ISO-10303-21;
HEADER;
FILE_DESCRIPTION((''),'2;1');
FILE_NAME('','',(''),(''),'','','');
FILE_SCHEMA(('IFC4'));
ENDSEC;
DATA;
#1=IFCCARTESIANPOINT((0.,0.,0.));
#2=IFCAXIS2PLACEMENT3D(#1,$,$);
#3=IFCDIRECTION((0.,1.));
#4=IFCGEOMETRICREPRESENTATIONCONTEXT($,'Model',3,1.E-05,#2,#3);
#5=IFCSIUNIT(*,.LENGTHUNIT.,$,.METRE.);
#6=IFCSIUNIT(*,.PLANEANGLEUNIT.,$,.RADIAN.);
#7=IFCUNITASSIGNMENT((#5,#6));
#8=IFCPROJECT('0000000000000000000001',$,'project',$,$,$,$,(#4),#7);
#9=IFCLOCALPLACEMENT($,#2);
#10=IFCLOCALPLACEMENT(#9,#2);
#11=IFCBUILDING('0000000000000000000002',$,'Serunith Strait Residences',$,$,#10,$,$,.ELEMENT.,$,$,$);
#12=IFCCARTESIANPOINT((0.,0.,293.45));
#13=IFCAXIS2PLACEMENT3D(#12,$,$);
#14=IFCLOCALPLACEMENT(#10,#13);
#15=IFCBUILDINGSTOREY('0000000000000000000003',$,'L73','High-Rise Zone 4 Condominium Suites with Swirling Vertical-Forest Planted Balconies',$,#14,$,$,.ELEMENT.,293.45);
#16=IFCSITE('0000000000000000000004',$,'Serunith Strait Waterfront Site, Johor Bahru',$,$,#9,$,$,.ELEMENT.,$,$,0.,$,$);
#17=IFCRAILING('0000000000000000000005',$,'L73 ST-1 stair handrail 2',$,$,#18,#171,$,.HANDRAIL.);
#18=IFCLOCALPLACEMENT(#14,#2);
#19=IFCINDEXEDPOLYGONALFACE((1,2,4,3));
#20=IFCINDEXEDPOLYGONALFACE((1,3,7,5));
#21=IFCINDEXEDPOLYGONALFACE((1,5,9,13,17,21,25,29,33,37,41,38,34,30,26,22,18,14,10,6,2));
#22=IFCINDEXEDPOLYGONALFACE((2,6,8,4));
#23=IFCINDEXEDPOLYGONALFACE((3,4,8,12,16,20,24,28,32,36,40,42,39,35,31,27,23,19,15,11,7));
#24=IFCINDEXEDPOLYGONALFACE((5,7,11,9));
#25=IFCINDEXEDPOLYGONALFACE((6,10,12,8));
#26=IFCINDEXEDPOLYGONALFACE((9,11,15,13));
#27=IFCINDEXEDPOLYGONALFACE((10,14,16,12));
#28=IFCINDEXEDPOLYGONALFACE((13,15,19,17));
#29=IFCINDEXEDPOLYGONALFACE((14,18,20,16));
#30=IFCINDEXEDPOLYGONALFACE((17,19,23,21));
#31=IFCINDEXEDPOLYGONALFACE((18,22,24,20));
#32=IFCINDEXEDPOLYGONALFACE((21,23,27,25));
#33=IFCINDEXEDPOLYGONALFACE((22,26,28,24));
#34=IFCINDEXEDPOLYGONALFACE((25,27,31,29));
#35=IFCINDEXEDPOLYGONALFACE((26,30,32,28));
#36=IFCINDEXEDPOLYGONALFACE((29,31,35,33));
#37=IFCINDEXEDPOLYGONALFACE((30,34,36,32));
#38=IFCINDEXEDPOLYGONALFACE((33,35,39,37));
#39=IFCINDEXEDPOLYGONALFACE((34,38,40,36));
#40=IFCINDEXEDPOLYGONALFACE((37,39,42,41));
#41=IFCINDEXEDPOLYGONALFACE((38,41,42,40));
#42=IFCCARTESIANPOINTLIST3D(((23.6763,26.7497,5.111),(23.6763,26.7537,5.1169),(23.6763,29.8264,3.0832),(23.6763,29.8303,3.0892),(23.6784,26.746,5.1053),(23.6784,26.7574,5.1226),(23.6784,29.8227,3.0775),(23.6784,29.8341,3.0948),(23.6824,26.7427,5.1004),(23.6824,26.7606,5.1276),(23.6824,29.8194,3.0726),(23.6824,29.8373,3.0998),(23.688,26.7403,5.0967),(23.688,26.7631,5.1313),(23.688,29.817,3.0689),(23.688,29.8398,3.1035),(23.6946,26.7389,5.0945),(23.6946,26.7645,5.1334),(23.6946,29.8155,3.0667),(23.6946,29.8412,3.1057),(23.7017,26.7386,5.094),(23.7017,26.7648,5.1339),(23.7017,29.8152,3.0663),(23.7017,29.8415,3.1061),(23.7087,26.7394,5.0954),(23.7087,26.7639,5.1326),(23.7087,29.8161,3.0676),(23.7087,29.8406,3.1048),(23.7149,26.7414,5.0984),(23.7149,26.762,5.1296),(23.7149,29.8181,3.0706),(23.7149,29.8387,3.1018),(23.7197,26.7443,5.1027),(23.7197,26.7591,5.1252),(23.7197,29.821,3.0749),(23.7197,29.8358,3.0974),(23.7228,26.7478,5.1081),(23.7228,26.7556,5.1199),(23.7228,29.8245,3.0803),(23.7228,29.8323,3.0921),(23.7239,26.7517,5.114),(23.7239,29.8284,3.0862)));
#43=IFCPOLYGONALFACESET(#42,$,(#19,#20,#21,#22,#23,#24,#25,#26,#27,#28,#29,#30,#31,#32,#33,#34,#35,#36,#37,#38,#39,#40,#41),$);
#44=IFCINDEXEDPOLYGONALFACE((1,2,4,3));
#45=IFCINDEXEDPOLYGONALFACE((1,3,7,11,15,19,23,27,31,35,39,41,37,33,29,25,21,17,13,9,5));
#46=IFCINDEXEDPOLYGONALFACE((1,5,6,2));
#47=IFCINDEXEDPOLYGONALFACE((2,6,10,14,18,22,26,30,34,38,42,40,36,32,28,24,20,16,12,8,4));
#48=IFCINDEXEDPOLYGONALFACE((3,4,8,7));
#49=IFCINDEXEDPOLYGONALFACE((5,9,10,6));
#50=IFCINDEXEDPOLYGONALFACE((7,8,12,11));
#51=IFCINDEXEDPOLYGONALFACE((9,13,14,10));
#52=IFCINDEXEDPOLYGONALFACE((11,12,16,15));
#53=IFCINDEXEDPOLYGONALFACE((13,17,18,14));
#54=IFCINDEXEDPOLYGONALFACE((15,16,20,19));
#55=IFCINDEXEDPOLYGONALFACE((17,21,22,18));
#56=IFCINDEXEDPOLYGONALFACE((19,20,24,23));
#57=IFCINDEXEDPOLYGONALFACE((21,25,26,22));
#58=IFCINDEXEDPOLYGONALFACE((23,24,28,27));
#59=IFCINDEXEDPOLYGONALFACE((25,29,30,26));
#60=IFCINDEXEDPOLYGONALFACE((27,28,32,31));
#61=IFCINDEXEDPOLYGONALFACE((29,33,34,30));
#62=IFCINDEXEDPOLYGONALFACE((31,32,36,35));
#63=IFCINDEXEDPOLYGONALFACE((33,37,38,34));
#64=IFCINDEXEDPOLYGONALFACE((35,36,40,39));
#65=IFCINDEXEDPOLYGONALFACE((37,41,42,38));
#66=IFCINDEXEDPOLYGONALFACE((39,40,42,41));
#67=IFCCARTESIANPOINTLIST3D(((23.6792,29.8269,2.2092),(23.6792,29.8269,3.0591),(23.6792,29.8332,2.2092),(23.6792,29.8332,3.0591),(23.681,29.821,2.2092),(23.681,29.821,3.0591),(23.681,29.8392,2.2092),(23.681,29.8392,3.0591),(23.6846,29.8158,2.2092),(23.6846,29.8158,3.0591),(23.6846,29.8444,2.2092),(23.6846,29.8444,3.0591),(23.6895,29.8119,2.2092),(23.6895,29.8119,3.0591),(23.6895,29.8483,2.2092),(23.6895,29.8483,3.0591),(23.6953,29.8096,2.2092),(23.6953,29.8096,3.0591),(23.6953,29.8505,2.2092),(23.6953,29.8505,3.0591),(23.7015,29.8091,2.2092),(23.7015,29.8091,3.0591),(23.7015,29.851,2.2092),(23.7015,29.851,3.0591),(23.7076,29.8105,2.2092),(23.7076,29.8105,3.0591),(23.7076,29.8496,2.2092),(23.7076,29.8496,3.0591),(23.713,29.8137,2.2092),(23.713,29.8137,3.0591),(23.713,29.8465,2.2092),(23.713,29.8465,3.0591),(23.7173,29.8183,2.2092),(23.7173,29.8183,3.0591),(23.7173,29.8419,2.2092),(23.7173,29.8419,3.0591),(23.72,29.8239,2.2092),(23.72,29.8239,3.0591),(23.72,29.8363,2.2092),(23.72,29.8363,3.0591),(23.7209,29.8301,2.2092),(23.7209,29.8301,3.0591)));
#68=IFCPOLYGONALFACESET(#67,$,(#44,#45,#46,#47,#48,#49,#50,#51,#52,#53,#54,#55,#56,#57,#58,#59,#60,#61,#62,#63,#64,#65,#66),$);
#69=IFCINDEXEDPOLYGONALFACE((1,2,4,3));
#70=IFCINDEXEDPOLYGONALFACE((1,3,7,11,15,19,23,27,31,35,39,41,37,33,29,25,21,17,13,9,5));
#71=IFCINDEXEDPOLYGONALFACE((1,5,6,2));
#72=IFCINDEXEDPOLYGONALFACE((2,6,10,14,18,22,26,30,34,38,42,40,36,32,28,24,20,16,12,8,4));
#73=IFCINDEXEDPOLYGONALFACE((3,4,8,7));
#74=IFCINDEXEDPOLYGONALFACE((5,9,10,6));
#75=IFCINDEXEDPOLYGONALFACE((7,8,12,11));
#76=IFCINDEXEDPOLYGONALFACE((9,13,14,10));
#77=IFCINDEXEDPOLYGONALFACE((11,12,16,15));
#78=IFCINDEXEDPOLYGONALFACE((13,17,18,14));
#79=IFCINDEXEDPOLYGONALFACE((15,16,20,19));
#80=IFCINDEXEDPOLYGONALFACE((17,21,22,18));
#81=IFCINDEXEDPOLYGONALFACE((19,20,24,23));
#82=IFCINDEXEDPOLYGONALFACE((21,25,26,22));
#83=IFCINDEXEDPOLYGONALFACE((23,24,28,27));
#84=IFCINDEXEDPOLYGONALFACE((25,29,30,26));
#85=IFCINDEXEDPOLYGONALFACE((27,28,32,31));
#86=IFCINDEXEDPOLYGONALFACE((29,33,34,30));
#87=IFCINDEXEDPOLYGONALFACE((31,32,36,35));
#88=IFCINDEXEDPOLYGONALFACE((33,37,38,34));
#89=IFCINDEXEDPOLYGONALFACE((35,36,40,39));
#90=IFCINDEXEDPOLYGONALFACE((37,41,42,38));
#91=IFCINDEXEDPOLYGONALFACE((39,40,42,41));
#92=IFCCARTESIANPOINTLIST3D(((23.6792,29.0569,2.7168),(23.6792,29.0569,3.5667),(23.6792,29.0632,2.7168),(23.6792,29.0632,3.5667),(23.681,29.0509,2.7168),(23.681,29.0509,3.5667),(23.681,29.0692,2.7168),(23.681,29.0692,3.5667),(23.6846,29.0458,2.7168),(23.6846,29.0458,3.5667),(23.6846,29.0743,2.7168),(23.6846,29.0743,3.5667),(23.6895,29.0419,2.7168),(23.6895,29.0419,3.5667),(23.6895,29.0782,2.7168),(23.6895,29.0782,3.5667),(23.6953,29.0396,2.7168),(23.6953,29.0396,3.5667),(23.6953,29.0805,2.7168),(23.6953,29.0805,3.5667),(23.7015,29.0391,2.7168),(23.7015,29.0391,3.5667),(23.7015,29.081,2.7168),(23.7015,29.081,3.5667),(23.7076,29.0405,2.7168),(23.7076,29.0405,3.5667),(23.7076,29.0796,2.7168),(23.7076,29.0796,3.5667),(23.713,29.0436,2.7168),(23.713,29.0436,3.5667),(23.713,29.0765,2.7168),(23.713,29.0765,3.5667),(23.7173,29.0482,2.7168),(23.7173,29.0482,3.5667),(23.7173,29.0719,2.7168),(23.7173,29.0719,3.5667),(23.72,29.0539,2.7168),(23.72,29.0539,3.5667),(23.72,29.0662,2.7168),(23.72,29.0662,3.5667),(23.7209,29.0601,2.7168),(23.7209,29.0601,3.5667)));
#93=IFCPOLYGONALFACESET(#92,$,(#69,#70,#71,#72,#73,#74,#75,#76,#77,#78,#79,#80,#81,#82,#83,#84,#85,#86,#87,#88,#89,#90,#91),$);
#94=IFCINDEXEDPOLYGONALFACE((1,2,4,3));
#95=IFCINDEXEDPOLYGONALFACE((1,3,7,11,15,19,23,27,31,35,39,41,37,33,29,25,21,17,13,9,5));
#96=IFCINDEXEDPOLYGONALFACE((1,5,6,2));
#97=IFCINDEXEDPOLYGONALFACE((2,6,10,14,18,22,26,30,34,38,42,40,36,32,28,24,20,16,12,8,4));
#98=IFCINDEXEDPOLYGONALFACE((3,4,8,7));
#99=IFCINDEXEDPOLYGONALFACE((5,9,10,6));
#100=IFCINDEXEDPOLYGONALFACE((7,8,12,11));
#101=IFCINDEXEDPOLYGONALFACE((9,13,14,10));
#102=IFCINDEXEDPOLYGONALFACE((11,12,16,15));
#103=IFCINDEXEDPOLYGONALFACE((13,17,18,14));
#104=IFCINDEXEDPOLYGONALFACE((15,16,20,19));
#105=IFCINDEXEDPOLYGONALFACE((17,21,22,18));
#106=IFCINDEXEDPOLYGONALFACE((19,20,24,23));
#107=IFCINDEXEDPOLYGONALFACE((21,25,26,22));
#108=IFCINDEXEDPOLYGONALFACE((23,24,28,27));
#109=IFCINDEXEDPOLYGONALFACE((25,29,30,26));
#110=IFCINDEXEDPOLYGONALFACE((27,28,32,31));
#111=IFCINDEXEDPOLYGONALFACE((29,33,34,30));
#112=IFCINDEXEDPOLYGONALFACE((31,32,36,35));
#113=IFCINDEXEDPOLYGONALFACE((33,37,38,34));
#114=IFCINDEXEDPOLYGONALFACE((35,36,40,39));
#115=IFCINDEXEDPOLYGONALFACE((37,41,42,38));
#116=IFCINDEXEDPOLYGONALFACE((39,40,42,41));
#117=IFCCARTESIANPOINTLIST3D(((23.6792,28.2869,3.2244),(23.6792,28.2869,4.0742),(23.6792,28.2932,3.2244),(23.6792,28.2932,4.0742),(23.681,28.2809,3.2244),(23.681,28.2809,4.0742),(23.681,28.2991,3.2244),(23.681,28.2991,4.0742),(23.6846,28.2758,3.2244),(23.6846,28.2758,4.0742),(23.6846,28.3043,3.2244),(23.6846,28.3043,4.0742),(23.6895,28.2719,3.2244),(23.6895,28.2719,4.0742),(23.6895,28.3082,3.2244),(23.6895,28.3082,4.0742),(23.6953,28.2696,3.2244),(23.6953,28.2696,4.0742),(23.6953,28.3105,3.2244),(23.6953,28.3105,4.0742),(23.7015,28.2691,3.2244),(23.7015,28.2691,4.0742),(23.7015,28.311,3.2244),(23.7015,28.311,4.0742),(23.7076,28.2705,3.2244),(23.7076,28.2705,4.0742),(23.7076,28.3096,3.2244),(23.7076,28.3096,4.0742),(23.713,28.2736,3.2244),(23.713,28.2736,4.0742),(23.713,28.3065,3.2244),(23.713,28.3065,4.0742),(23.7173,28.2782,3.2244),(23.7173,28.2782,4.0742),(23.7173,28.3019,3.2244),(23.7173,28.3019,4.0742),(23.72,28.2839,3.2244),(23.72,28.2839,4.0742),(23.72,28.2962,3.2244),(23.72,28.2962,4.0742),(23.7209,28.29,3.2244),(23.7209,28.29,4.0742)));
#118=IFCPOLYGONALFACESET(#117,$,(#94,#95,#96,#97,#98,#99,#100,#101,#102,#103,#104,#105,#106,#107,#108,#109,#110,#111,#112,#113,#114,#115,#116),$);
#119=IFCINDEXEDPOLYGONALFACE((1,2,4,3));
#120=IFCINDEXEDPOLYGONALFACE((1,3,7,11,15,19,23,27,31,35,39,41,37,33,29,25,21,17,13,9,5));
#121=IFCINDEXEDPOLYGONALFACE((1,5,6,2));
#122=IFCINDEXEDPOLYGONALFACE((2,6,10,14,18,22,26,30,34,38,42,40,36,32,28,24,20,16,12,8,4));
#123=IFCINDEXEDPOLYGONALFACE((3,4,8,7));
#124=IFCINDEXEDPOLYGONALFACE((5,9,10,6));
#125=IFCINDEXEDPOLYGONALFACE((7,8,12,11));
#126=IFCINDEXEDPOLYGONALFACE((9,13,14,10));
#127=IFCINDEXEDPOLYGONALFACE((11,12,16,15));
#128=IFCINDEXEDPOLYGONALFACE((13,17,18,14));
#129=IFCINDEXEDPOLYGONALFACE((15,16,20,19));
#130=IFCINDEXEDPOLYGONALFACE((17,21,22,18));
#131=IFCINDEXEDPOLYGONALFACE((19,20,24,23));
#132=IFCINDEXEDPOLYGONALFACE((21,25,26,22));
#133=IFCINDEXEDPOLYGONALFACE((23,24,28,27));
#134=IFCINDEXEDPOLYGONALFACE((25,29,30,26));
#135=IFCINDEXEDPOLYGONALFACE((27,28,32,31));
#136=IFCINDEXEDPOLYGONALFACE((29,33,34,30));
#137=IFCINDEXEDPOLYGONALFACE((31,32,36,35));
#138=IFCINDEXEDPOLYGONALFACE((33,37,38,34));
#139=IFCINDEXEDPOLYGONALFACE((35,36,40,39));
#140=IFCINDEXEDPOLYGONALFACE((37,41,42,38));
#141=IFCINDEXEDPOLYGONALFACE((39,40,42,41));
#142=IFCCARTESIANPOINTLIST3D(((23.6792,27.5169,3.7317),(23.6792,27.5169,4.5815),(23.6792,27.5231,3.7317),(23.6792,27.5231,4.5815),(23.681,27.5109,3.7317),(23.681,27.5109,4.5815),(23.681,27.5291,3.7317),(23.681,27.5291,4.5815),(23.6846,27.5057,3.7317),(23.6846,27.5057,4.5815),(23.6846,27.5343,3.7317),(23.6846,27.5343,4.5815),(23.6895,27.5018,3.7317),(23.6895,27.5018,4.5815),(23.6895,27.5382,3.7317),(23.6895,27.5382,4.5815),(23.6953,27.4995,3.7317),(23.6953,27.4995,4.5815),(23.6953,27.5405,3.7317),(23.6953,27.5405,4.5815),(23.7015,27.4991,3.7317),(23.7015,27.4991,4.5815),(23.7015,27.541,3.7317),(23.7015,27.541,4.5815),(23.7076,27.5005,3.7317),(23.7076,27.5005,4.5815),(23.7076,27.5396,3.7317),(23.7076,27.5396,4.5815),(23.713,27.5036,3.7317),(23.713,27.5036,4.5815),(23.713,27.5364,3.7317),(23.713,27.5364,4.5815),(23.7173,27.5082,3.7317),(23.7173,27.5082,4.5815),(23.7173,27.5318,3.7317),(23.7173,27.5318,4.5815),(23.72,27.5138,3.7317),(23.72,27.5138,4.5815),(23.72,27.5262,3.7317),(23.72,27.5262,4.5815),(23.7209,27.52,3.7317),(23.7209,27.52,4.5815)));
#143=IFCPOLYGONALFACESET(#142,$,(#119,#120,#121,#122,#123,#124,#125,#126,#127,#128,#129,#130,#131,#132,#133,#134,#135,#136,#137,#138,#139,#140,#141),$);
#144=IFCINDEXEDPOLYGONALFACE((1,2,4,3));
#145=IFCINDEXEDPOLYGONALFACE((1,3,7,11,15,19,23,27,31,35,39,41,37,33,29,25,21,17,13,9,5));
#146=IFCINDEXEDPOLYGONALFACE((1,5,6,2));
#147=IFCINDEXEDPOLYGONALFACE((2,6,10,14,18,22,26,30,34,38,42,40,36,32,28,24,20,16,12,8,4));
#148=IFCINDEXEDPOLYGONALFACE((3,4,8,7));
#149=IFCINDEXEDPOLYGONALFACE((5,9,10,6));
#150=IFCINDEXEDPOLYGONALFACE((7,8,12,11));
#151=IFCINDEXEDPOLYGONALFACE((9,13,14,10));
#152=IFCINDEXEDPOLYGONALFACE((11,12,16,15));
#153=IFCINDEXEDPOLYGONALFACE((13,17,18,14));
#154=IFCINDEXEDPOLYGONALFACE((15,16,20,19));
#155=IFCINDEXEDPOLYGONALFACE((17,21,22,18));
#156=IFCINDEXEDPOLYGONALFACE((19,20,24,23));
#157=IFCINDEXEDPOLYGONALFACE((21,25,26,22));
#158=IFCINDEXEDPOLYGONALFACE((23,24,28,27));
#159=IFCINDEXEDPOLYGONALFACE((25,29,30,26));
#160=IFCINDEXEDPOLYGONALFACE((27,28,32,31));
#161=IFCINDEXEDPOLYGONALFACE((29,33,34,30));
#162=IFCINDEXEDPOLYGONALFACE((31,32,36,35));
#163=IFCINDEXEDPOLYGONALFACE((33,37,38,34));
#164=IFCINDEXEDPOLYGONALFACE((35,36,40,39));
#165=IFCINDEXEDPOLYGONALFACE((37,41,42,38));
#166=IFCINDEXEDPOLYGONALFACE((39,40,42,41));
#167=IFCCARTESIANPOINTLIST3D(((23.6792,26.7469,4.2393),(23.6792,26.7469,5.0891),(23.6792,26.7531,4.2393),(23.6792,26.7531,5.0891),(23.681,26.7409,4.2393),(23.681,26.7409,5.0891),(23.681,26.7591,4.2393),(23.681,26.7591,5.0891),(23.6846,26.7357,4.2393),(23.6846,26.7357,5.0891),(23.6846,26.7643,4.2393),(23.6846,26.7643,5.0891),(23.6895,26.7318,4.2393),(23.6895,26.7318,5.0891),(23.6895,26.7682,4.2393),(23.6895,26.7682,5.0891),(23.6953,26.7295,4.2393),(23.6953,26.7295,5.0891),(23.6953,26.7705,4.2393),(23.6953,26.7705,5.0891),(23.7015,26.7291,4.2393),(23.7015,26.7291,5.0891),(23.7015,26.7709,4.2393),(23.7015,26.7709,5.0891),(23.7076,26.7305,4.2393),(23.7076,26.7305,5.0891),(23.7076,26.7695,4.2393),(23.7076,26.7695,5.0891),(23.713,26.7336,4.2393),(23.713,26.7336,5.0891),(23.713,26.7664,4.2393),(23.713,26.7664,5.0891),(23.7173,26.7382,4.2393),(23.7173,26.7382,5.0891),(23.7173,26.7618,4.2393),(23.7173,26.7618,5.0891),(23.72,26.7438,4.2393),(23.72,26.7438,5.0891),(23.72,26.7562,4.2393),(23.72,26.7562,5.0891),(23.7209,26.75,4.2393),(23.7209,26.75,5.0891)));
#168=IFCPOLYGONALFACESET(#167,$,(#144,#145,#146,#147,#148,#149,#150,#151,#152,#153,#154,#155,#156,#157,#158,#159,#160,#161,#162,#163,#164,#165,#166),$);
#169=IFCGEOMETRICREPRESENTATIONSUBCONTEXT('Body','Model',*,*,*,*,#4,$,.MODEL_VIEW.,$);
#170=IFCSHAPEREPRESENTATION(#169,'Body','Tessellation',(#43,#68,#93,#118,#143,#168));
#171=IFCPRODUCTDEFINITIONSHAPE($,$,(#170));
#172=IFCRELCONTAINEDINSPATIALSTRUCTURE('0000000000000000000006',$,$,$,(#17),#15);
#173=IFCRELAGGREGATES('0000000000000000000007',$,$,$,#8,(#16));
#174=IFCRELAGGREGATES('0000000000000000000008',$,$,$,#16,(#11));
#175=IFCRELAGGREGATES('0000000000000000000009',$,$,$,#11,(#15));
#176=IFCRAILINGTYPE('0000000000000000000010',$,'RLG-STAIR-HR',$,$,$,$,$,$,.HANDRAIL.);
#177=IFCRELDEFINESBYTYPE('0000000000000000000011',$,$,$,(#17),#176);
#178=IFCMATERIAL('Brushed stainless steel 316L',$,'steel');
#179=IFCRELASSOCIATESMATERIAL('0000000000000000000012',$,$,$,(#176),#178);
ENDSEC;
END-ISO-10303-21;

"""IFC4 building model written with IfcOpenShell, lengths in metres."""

from ifc_helpers import new_model, si_unit, direction, frame, origin, origin_2d, place, context, subcontext, project, spatial, circle, extrude, material, type_object, element, save


model = new_model("IFC4")

# Units and contexts
model_context = context("Model", 3, precision=1e-05, world=origin(), true_north=direction((0.0, 1.0)))
body_context = subcontext(model_context, "Body", "Model", "MODEL_VIEW")
ifc_project = project(units=[si_unit("LENGTHUNIT", "METRE"), si_unit("PLANEANGLEUNIT", "RADIAN")], contexts=[model_context])

# Site, building, storey
site_placement = place(None, origin())
site = spatial("IfcSite", under=ifc_project, at=site_placement, Name="Serunith Strait Waterfront Site, Johor Bahru", CompositionType="ELEMENT", RefElevation=0.0)
building_placement = place(site_placement, origin())
building = spatial("IfcBuilding", under=site, at=building_placement, Name="Serunith Strait Residences", CompositionType="ELEMENT")
storey_placement = place(building_placement, frame((0.0, 0.0, 293.45)))
storey = spatial("IfcBuildingStorey", under=building, at=storey_placement, Name="L73", Description="High-Rise Zone 4 Condominium Suites with Swirling Vertical-Forest Planted Balconies", CompositionType="ELEMENT", Elevation=293.45)

# Railing
ifc_material_1 = material(Name="Brushed stainless steel 316L", Category="steel")
railing_type_1 = type_object("IfcRailingType", Name="RLG-STAIR-HR", PredefinedType="HANDRAIL", material=ifc_material_1)
railing_1_placement = place(storey_placement, frame((23.7, 29.8301, 2.2092)))
element("IfcRailing", 1, at=railing_1_placement, inside=storey, type_object=railing_type_1, Name="L73 ST-1 stair handrail 2", PredefinedType="HANDRAIL", context=body_context, shape_type="SweptSolid", body=[
    extrude(circle(Radius=0.0239, at=origin_2d()), frame((0.0, -0.0017, 0.877), z_axis=(0.0, -0.834961, 0.550309), x_axis=(1.0, 0.0, 0.0)), (0.0, 0.0, 1.0), 3.6848),
    extrude(circle(Radius=0.021, at=origin_2d()), origin(), (0.0, 0.0, 1.0), 0.8499),
    extrude(circle(Radius=0.021, at=origin_2d()), frame((0.0, -0.77, 0.5076)), (0.0, 0.0, 1.0), 0.8499),
    extrude(circle(Radius=0.021, at=origin_2d()), frame((0.0, -1.54, 1.0151)), (0.0, 0.0, 1.0), 0.8499),
    extrude(circle(Radius=0.021, at=origin_2d()), frame((0.0, -2.3101, 1.5225)), (0.0, 0.0, 1.0), 0.8499),
    extrude(circle(Radius=0.021, at=origin_2d()), frame((0.0, -3.0801, 2.03)), (0.0, 0.0, 1.0), 0.8499),
])

save(model, "model.ifc")
